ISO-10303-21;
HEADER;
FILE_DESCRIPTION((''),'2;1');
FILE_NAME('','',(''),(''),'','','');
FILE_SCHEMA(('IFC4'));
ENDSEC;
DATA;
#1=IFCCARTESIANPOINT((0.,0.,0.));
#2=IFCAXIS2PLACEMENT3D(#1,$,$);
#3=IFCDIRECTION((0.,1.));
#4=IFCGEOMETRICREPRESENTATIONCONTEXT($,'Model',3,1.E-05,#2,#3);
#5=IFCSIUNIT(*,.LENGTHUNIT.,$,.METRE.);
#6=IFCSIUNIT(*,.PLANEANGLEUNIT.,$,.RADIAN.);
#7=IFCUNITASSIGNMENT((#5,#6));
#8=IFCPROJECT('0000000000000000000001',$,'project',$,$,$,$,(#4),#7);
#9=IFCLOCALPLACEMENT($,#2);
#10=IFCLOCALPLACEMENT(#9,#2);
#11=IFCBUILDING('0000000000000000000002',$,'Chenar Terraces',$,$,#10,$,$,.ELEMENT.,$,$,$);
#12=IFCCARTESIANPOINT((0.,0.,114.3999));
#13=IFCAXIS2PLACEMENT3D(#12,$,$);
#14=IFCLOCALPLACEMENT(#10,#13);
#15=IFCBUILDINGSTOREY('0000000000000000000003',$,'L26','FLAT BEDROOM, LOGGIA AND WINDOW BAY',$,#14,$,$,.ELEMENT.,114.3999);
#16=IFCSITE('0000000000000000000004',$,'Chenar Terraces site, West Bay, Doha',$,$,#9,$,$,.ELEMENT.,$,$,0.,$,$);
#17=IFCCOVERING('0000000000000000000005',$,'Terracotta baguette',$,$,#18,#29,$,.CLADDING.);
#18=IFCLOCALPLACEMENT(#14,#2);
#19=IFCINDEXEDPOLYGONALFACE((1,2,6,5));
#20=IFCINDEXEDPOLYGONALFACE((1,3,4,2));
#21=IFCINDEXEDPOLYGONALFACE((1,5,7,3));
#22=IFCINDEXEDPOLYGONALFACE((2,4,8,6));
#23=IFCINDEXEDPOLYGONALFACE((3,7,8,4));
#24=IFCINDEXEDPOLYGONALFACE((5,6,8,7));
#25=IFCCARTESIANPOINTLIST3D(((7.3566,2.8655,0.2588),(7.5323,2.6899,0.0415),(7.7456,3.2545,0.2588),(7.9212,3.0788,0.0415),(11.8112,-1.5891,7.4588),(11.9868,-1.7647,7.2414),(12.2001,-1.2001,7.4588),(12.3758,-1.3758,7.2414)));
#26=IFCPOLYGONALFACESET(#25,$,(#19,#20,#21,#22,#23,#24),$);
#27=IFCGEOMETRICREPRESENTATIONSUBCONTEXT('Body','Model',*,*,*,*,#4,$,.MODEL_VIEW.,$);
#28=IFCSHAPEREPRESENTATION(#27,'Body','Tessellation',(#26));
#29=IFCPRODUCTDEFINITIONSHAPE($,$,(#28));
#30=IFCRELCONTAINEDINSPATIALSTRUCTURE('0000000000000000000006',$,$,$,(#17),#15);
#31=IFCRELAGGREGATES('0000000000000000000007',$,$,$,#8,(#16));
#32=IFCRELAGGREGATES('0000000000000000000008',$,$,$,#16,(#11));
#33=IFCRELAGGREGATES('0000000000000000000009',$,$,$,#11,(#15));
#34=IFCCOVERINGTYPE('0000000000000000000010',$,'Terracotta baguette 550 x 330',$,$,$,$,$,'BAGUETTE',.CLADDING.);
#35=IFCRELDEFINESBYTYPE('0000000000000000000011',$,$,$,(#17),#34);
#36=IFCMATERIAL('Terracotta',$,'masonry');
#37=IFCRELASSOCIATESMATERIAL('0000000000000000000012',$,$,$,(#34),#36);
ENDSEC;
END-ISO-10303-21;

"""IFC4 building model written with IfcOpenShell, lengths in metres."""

from ifc_helpers import new_model, si_unit, direction, frame, origin, origin_2d, place, context, subcontext, project, spatial, rectangle, extrude, material, material_profile, profile_set, type_object, element, save


model = new_model("IFC4")

# Units and contexts
model_context = context("Model", 3, precision=1e-05, world=origin(), true_north=direction((0.0, 1.0)))
body_context = subcontext(model_context, "Body", "Model", "MODEL_VIEW")
ifc_project = project(units=[si_unit("LENGTHUNIT", "METRE"), si_unit("PLANEANGLEUNIT", "RADIAN")], contexts=[model_context])

# Site, building, storey
site_placement = place(None, origin())
site = spatial("IfcSite", under=ifc_project, at=site_placement, Name="Chenar Terraces site, West Bay, Doha", CompositionType="ELEMENT", RefElevation=0.0)
building_placement = place(site_placement, origin())
building = spatial("IfcBuilding", under=site, at=building_placement, Name="Chenar Terraces", CompositionType="ELEMENT")
storey_placement = place(building_placement, frame((0.0, 0.0, 114.3999)))
storey = spatial("IfcBuildingStorey", under=building, at=storey_placement, Name="L26", Description="FLAT BEDROOM, LOGGIA AND WINDOW BAY", CompositionType="ELEMENT", Elevation=114.3999)

# Covering
ifc_material_1 = material(Name="Terracotta", Category="masonry")
ifc_material_profile = material_profile(ifc_material_1, rectangle(XDim=0.55, YDim=0.3301, at=origin_2d()), Name="Terracotta baguette 550 x 330")
ifc_profile_set = profile_set([ifc_material_profile], Name="Terracotta")
covering_type = type_object("IfcCoveringType", Name="Terracotta baguette 550 x 330", ElementType="BAGUETTE", PredefinedType="CLADDING", material=ifc_profile_set)
covering_1_placement = place(storey_placement, frame((7.6389, 2.9722, 0.1501), z_axis=(0.465624, -0.465624, 0.752588), x_axis=(0.707107, 0.707107, 0.0)))
element("IfcCovering", 1, at=covering_1_placement, inside=storey, type_object=covering_type, Name="Terracotta baguette", PredefinedType="CLADDING", context=body_context, shape_type="SweptSolid", body=[
    extrude(rectangle(XDim=0.55, YDim=0.3301, at=origin_2d()), origin(), (0.0, 0.0, 1.0), 9.5669),
])

save(model, "model.ifc")
